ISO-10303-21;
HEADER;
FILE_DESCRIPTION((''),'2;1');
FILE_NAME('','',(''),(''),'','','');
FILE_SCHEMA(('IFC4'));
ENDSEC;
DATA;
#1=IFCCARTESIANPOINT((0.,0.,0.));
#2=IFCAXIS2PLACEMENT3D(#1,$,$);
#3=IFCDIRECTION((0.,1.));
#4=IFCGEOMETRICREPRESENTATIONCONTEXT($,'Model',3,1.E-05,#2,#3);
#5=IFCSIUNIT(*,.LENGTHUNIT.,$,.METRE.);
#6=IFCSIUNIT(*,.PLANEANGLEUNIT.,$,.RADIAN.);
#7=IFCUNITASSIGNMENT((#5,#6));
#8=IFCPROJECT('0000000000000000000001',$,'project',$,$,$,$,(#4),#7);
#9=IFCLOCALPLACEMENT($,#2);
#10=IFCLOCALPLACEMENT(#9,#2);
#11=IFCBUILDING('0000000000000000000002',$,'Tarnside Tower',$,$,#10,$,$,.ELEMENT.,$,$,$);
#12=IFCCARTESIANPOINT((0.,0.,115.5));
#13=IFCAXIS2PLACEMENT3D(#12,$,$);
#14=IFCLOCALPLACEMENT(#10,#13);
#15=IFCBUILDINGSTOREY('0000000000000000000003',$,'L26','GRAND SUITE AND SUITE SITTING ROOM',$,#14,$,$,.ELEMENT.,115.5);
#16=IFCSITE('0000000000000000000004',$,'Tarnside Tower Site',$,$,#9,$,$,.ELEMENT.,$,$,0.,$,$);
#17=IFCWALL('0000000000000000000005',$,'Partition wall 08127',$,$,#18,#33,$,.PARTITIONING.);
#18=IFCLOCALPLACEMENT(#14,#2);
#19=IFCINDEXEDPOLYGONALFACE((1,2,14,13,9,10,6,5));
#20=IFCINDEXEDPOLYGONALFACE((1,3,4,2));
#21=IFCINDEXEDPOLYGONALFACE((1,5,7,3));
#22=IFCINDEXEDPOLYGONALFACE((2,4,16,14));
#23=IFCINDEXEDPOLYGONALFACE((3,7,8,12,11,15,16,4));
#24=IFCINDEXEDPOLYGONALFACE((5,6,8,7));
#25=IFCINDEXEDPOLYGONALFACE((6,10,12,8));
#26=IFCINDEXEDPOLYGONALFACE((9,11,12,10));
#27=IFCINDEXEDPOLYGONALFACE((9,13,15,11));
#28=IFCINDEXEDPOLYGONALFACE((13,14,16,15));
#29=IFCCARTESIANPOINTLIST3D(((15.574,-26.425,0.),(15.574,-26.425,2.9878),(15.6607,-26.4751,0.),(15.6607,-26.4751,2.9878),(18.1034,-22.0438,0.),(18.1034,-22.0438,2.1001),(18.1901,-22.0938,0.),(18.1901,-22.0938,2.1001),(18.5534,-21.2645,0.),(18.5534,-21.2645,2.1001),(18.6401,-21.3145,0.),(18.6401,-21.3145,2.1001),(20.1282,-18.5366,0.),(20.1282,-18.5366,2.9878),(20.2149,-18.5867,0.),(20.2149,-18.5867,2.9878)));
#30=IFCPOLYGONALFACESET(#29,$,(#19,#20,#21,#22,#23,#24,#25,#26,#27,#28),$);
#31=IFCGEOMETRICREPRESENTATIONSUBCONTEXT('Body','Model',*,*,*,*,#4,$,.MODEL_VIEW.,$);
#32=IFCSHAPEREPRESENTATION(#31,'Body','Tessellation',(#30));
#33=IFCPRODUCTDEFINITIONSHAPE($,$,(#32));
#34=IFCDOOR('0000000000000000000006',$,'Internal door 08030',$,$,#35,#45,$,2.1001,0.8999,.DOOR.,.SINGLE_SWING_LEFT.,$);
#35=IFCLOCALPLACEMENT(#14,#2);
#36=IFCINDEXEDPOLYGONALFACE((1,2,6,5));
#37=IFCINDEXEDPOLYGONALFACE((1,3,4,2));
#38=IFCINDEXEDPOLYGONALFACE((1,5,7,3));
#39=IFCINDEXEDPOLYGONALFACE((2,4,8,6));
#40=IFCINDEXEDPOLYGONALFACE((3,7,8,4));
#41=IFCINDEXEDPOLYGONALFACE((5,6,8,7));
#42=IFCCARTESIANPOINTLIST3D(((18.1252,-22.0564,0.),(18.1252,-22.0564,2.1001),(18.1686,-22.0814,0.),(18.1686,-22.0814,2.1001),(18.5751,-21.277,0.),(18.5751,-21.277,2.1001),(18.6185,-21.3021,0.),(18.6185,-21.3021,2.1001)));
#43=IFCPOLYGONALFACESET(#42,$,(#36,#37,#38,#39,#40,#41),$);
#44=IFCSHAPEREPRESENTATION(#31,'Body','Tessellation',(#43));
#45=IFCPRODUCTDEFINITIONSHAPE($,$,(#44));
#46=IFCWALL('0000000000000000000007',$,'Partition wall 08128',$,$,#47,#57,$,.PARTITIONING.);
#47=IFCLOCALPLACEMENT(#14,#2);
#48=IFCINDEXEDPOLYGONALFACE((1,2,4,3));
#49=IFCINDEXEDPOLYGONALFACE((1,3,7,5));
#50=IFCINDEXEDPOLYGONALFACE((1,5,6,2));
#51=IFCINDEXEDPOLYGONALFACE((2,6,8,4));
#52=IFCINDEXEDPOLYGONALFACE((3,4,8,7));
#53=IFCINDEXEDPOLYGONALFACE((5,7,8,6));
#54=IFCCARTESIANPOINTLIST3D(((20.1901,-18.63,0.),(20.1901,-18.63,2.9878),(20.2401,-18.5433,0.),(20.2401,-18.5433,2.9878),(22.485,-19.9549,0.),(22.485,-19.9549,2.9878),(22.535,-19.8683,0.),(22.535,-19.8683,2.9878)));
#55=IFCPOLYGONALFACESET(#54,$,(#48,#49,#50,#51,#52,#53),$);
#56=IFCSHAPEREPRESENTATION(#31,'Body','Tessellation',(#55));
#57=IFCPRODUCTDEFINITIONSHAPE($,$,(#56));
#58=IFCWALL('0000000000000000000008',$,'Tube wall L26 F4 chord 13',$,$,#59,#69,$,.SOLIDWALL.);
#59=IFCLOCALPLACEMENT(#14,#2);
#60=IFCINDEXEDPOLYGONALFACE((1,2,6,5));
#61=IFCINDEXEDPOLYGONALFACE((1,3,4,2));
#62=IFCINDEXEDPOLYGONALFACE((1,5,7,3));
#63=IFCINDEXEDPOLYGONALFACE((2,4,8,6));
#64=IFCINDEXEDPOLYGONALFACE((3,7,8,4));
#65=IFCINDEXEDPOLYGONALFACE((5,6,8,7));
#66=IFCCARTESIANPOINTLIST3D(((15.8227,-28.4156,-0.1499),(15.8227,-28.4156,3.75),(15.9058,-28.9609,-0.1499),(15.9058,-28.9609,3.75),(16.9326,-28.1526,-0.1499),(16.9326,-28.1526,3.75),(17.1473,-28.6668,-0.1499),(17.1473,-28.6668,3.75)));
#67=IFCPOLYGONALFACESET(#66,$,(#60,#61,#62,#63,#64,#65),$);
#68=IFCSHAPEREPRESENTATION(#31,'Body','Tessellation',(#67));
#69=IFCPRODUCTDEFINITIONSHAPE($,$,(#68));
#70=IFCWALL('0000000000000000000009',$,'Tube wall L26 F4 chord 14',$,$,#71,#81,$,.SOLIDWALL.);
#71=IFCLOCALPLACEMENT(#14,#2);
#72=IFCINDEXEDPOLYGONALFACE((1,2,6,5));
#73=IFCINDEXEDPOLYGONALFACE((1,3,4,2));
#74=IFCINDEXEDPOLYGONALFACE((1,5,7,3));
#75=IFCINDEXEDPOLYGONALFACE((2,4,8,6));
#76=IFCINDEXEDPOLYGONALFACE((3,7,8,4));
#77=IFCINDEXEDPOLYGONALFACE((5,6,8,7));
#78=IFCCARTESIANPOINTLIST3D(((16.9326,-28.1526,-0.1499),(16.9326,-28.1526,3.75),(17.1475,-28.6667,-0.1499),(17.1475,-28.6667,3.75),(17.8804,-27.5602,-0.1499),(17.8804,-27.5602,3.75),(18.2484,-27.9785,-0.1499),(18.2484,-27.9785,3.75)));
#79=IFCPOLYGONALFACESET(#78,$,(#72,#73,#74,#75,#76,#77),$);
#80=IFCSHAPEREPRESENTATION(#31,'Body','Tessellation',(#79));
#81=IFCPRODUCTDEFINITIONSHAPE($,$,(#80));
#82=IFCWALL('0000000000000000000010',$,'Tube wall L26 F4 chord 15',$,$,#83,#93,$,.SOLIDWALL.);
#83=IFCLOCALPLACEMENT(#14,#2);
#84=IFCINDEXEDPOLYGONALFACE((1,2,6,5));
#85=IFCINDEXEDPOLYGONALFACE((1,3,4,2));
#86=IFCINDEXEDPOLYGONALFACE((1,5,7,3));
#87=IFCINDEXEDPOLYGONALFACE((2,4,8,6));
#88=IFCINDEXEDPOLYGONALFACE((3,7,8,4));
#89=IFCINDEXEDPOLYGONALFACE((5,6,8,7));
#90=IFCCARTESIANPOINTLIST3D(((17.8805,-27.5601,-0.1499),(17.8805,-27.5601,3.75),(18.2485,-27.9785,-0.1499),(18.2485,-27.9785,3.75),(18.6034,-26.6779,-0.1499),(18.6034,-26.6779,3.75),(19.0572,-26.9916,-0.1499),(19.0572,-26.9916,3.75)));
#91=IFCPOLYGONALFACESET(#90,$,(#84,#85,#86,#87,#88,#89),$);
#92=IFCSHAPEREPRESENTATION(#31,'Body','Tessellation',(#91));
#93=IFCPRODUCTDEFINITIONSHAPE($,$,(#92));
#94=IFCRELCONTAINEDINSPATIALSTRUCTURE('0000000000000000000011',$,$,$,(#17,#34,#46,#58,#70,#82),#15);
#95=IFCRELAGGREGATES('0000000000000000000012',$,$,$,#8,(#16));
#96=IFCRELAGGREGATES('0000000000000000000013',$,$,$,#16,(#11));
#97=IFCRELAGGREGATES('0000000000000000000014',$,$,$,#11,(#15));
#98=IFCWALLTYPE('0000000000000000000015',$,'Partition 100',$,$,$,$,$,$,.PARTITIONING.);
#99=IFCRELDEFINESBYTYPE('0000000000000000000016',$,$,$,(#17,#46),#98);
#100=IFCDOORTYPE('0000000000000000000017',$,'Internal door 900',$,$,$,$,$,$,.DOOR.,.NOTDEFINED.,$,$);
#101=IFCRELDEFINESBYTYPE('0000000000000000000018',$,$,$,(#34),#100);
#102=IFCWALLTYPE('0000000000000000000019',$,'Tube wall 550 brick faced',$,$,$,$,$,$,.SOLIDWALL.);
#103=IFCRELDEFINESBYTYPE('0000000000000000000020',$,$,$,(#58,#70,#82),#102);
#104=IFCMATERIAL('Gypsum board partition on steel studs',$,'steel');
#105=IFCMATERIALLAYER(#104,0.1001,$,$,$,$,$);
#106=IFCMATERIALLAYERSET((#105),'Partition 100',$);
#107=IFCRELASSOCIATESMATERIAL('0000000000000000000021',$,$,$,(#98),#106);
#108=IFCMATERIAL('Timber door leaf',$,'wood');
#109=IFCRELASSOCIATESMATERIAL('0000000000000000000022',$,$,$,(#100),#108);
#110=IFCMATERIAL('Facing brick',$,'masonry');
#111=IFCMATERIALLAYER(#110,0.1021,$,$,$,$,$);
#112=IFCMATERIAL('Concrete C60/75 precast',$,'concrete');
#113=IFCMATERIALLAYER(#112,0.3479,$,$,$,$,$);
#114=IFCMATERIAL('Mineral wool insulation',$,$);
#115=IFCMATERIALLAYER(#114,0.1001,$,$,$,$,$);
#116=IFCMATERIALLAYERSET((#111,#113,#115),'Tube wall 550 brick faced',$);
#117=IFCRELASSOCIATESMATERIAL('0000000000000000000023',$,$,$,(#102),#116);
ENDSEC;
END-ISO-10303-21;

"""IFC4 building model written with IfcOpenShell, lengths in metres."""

from ifc_helpers import new_model, si_unit, direction, frame, frame_2d, origin, place, context, subcontext, project, spatial, polyline, rectangle, outline, extrude, material, layer, layer_set, type_object, element, fill, save


model = new_model("IFC4")

# Units and contexts
model_context = context("Model", 3, precision=1e-05, world=origin(), true_north=direction((0.0, 1.0)))
body_context = subcontext(model_context, "Body", "Model", "MODEL_VIEW")
ifc_project = project(units=[si_unit("LENGTHUNIT", "METRE"), si_unit("PLANEANGLEUNIT", "RADIAN")], contexts=[model_context])

# Site, building, storey
site_placement = place(None, origin())
site = spatial("IfcSite", under=ifc_project, at=site_placement, Name="Tarnside Tower Site", CompositionType="ELEMENT", RefElevation=0.0)
building_placement = place(site_placement, origin())
building = spatial("IfcBuilding", under=site, at=building_placement, Name="Tarnside Tower", CompositionType="ELEMENT")
storey_placement = place(building_placement, frame((0.0, 0.0, 115.5)))
storey = spatial("IfcBuildingStorey", under=building, at=storey_placement, Name="L26", Description="GRAND SUITE AND SUITE SITTING ROOM", CompositionType="ELEMENT", Elevation=115.5)

# Shared definitions
ifc_material_1 = material(Name="Gypsum board partition on steel studs", Category="steel")

# Shared definitions
ifc_material_2 = material(Name="Timber door leaf", Category="wood")

# Wall, opening, door
ifc_layer_1 = layer(ifc_material_1, 0.1001)
ifc_layer_set_1 = layer_set([ifc_layer_1], Name="Partition 100")
wall_type_1 = type_object("IfcWallType", Name="Partition 100", PredefinedType="PARTITIONING", material=ifc_layer_set_1)
wall_1_placement = place(storey_placement, frame((15.6174, -26.45, 0.0), z_axis=(0.0, 0.0, 1.0), x_axis=(0.499985, 0.866034, 0.0)))
wall_1 = element("IfcWall", 1, at=wall_1_placement, inside=storey, type_object=wall_type_1, Name="Partition wall 08127", PredefinedType="PARTITIONING", context=body_context, shape_type="SweptSolid", body=[
    extrude(rectangle(XDim=9.1086, YDim=0.1001, at=frame_2d((4.5542, 0.0))), origin(), (0.0, 0.0, 1.0), 2.9878),
])
opening_1_placement = place(wall_1_placement, frame((5.0588, 0.0, 0.0)))
opening_1 = element("IfcOpeningElement", 2, at=opening_1_placement, cuts=wall_1, PredefinedType="OPENING", context=body_context, shape_type="SweptSolid", body=[
    extrude(rectangle(XDim=0.8999, YDim=2.1001, at=frame_2d((0.45, 1.05))), frame((0.0, 0.0601, 0.0), z_axis=(0.0, -1.0, 0.0), x_axis=(1.0, 0.0, 0.0)), (0.0, 0.0, 1.0), 0.1201),
])
door_type_1 = type_object("IfcDoorType", Name="Internal door 900", OperationType="NOTDEFINED", PredefinedType="DOOR", material=ifc_material_2)
door_1_placement = place(opening_1_placement, origin())
door_1 = element("IfcDoor", 3, at=door_1_placement, inside=storey, type_object=door_type_1, Name="Internal door 08030", OperationType="SINGLE_SWING_LEFT", OverallHeight=2.1001, OverallWidth=0.8999, PredefinedType="DOOR", context=body_context, shape_type="SweptSolid", body=[
    extrude(rectangle(XDim=0.8999, YDim=2.1001, at=frame_2d((0.45, 1.05))), frame((0.0, 0.0249, 0.0), z_axis=(0.0, -1.0, 0.0), x_axis=(1.0, 0.0, 0.0)), (0.0, 0.0, 1.0), 0.05),
])
fill(opening_1, door_1)

# Walls
wall_2_placement = place(storey_placement, frame((20.2151, -18.5867, 0.0), z_axis=(0.0, 0.0, 1.0), x_axis=(0.866029, -0.499994, 0.0)))
element("IfcWall", 4, at=wall_2_placement, inside=storey, type_object=wall_type_1, Name="Partition wall 08128", PredefinedType="PARTITIONING", context=body_context, shape_type="SweptSolid", body=[
    extrude(rectangle(XDim=2.6499, YDim=0.1001, at=frame_2d((1.325, 0.0))), origin(), (0.0, 0.0, 1.0), 2.9878),
])
ifc_material_3 = material(Name="Facing brick", Category="masonry")
ifc_layer_2 = layer(ifc_material_3, 0.1021)
ifc_material_4 = material(Name="Concrete C60/75 precast", Category="concrete")
ifc_layer_3 = layer(ifc_material_4, 0.3479)
ifc_material_5 = material(Name="Mineral wool insulation")
ifc_layer_4 = layer(ifc_material_5, 0.1001)
ifc_layer_set_2 = layer_set([ifc_layer_2, ifc_layer_3, ifc_layer_4], Name="Tube wall 550 brick faced")
wall_type_2 = type_object("IfcWallType", Name="Tube wall 550 brick faced", PredefinedType="SOLIDWALL", material=ifc_layer_set_2)
wall_3_placement = place(storey_placement, frame((15.8643, -28.6882, -0.1499), z_axis=(0.0, 0.0, 1.0), x_axis=(0.973064, 0.230537, 0.0)))
element("IfcWall", 5, at=wall_3_placement, inside=storey, type_object=wall_type_2, Name="Tube wall L26 F4 chord 13", PredefinedType="SOLIDWALL", context=body_context, shape_type="SweptSolid", body=[
    extrude(outline(polyline([(-0.0225, -0.2749), (1.2534, -0.2749), (1.1631, 0.2749), (0.0225, 0.2749), (-0.0225, -0.2749)])), origin(), (0.0, 0.0, 1.0), 3.8999),
])
wall_4_placement = place(storey_placement, frame((17.04, -28.4097, -0.1499), z_axis=(0.0, 0.0, 1.0), x_axis=(0.847953, 0.530072, 0.0)))
element("IfcWall", 6, at=wall_4_placement, inside=storey, type_object=wall_type_2, Name="Tube wall L26 F4 chord 14", PredefinedType="SOLIDWALL", context=body_context, shape_type="SweptSolid", body=[
    extrude(outline(polyline([(-0.0452, -0.2749), (1.2532, -0.2749), (1.1628, 0.2749), (0.0452, 0.2749), (-0.0452, -0.2749)])), origin(), (0.0, 0.0, 1.0), 3.8999),
])
wall_5_placement = place(storey_placement, frame((18.0645, -27.7693, -0.1499), z_axis=(0.0, 0.0, 1.0), x_axis=(0.633843, 0.773462, 0.0)))
element("IfcWall", 7, at=wall_5_placement, inside=storey, type_object=wall_type_2, Name="Tube wall L26 F4 chord 15", PredefinedType="SOLIDWALL", context=body_context, shape_type="SweptSolid", body=[
    extrude(outline(polyline([(-0.0452, -0.2749), (1.2307, -0.2749), (1.1858, 0.2749), (0.0452, 0.2749), (-0.0452, -0.2749)])), origin(), (0.0, 0.0, 1.0), 3.8999),
])

save(model, "model.ifc")
